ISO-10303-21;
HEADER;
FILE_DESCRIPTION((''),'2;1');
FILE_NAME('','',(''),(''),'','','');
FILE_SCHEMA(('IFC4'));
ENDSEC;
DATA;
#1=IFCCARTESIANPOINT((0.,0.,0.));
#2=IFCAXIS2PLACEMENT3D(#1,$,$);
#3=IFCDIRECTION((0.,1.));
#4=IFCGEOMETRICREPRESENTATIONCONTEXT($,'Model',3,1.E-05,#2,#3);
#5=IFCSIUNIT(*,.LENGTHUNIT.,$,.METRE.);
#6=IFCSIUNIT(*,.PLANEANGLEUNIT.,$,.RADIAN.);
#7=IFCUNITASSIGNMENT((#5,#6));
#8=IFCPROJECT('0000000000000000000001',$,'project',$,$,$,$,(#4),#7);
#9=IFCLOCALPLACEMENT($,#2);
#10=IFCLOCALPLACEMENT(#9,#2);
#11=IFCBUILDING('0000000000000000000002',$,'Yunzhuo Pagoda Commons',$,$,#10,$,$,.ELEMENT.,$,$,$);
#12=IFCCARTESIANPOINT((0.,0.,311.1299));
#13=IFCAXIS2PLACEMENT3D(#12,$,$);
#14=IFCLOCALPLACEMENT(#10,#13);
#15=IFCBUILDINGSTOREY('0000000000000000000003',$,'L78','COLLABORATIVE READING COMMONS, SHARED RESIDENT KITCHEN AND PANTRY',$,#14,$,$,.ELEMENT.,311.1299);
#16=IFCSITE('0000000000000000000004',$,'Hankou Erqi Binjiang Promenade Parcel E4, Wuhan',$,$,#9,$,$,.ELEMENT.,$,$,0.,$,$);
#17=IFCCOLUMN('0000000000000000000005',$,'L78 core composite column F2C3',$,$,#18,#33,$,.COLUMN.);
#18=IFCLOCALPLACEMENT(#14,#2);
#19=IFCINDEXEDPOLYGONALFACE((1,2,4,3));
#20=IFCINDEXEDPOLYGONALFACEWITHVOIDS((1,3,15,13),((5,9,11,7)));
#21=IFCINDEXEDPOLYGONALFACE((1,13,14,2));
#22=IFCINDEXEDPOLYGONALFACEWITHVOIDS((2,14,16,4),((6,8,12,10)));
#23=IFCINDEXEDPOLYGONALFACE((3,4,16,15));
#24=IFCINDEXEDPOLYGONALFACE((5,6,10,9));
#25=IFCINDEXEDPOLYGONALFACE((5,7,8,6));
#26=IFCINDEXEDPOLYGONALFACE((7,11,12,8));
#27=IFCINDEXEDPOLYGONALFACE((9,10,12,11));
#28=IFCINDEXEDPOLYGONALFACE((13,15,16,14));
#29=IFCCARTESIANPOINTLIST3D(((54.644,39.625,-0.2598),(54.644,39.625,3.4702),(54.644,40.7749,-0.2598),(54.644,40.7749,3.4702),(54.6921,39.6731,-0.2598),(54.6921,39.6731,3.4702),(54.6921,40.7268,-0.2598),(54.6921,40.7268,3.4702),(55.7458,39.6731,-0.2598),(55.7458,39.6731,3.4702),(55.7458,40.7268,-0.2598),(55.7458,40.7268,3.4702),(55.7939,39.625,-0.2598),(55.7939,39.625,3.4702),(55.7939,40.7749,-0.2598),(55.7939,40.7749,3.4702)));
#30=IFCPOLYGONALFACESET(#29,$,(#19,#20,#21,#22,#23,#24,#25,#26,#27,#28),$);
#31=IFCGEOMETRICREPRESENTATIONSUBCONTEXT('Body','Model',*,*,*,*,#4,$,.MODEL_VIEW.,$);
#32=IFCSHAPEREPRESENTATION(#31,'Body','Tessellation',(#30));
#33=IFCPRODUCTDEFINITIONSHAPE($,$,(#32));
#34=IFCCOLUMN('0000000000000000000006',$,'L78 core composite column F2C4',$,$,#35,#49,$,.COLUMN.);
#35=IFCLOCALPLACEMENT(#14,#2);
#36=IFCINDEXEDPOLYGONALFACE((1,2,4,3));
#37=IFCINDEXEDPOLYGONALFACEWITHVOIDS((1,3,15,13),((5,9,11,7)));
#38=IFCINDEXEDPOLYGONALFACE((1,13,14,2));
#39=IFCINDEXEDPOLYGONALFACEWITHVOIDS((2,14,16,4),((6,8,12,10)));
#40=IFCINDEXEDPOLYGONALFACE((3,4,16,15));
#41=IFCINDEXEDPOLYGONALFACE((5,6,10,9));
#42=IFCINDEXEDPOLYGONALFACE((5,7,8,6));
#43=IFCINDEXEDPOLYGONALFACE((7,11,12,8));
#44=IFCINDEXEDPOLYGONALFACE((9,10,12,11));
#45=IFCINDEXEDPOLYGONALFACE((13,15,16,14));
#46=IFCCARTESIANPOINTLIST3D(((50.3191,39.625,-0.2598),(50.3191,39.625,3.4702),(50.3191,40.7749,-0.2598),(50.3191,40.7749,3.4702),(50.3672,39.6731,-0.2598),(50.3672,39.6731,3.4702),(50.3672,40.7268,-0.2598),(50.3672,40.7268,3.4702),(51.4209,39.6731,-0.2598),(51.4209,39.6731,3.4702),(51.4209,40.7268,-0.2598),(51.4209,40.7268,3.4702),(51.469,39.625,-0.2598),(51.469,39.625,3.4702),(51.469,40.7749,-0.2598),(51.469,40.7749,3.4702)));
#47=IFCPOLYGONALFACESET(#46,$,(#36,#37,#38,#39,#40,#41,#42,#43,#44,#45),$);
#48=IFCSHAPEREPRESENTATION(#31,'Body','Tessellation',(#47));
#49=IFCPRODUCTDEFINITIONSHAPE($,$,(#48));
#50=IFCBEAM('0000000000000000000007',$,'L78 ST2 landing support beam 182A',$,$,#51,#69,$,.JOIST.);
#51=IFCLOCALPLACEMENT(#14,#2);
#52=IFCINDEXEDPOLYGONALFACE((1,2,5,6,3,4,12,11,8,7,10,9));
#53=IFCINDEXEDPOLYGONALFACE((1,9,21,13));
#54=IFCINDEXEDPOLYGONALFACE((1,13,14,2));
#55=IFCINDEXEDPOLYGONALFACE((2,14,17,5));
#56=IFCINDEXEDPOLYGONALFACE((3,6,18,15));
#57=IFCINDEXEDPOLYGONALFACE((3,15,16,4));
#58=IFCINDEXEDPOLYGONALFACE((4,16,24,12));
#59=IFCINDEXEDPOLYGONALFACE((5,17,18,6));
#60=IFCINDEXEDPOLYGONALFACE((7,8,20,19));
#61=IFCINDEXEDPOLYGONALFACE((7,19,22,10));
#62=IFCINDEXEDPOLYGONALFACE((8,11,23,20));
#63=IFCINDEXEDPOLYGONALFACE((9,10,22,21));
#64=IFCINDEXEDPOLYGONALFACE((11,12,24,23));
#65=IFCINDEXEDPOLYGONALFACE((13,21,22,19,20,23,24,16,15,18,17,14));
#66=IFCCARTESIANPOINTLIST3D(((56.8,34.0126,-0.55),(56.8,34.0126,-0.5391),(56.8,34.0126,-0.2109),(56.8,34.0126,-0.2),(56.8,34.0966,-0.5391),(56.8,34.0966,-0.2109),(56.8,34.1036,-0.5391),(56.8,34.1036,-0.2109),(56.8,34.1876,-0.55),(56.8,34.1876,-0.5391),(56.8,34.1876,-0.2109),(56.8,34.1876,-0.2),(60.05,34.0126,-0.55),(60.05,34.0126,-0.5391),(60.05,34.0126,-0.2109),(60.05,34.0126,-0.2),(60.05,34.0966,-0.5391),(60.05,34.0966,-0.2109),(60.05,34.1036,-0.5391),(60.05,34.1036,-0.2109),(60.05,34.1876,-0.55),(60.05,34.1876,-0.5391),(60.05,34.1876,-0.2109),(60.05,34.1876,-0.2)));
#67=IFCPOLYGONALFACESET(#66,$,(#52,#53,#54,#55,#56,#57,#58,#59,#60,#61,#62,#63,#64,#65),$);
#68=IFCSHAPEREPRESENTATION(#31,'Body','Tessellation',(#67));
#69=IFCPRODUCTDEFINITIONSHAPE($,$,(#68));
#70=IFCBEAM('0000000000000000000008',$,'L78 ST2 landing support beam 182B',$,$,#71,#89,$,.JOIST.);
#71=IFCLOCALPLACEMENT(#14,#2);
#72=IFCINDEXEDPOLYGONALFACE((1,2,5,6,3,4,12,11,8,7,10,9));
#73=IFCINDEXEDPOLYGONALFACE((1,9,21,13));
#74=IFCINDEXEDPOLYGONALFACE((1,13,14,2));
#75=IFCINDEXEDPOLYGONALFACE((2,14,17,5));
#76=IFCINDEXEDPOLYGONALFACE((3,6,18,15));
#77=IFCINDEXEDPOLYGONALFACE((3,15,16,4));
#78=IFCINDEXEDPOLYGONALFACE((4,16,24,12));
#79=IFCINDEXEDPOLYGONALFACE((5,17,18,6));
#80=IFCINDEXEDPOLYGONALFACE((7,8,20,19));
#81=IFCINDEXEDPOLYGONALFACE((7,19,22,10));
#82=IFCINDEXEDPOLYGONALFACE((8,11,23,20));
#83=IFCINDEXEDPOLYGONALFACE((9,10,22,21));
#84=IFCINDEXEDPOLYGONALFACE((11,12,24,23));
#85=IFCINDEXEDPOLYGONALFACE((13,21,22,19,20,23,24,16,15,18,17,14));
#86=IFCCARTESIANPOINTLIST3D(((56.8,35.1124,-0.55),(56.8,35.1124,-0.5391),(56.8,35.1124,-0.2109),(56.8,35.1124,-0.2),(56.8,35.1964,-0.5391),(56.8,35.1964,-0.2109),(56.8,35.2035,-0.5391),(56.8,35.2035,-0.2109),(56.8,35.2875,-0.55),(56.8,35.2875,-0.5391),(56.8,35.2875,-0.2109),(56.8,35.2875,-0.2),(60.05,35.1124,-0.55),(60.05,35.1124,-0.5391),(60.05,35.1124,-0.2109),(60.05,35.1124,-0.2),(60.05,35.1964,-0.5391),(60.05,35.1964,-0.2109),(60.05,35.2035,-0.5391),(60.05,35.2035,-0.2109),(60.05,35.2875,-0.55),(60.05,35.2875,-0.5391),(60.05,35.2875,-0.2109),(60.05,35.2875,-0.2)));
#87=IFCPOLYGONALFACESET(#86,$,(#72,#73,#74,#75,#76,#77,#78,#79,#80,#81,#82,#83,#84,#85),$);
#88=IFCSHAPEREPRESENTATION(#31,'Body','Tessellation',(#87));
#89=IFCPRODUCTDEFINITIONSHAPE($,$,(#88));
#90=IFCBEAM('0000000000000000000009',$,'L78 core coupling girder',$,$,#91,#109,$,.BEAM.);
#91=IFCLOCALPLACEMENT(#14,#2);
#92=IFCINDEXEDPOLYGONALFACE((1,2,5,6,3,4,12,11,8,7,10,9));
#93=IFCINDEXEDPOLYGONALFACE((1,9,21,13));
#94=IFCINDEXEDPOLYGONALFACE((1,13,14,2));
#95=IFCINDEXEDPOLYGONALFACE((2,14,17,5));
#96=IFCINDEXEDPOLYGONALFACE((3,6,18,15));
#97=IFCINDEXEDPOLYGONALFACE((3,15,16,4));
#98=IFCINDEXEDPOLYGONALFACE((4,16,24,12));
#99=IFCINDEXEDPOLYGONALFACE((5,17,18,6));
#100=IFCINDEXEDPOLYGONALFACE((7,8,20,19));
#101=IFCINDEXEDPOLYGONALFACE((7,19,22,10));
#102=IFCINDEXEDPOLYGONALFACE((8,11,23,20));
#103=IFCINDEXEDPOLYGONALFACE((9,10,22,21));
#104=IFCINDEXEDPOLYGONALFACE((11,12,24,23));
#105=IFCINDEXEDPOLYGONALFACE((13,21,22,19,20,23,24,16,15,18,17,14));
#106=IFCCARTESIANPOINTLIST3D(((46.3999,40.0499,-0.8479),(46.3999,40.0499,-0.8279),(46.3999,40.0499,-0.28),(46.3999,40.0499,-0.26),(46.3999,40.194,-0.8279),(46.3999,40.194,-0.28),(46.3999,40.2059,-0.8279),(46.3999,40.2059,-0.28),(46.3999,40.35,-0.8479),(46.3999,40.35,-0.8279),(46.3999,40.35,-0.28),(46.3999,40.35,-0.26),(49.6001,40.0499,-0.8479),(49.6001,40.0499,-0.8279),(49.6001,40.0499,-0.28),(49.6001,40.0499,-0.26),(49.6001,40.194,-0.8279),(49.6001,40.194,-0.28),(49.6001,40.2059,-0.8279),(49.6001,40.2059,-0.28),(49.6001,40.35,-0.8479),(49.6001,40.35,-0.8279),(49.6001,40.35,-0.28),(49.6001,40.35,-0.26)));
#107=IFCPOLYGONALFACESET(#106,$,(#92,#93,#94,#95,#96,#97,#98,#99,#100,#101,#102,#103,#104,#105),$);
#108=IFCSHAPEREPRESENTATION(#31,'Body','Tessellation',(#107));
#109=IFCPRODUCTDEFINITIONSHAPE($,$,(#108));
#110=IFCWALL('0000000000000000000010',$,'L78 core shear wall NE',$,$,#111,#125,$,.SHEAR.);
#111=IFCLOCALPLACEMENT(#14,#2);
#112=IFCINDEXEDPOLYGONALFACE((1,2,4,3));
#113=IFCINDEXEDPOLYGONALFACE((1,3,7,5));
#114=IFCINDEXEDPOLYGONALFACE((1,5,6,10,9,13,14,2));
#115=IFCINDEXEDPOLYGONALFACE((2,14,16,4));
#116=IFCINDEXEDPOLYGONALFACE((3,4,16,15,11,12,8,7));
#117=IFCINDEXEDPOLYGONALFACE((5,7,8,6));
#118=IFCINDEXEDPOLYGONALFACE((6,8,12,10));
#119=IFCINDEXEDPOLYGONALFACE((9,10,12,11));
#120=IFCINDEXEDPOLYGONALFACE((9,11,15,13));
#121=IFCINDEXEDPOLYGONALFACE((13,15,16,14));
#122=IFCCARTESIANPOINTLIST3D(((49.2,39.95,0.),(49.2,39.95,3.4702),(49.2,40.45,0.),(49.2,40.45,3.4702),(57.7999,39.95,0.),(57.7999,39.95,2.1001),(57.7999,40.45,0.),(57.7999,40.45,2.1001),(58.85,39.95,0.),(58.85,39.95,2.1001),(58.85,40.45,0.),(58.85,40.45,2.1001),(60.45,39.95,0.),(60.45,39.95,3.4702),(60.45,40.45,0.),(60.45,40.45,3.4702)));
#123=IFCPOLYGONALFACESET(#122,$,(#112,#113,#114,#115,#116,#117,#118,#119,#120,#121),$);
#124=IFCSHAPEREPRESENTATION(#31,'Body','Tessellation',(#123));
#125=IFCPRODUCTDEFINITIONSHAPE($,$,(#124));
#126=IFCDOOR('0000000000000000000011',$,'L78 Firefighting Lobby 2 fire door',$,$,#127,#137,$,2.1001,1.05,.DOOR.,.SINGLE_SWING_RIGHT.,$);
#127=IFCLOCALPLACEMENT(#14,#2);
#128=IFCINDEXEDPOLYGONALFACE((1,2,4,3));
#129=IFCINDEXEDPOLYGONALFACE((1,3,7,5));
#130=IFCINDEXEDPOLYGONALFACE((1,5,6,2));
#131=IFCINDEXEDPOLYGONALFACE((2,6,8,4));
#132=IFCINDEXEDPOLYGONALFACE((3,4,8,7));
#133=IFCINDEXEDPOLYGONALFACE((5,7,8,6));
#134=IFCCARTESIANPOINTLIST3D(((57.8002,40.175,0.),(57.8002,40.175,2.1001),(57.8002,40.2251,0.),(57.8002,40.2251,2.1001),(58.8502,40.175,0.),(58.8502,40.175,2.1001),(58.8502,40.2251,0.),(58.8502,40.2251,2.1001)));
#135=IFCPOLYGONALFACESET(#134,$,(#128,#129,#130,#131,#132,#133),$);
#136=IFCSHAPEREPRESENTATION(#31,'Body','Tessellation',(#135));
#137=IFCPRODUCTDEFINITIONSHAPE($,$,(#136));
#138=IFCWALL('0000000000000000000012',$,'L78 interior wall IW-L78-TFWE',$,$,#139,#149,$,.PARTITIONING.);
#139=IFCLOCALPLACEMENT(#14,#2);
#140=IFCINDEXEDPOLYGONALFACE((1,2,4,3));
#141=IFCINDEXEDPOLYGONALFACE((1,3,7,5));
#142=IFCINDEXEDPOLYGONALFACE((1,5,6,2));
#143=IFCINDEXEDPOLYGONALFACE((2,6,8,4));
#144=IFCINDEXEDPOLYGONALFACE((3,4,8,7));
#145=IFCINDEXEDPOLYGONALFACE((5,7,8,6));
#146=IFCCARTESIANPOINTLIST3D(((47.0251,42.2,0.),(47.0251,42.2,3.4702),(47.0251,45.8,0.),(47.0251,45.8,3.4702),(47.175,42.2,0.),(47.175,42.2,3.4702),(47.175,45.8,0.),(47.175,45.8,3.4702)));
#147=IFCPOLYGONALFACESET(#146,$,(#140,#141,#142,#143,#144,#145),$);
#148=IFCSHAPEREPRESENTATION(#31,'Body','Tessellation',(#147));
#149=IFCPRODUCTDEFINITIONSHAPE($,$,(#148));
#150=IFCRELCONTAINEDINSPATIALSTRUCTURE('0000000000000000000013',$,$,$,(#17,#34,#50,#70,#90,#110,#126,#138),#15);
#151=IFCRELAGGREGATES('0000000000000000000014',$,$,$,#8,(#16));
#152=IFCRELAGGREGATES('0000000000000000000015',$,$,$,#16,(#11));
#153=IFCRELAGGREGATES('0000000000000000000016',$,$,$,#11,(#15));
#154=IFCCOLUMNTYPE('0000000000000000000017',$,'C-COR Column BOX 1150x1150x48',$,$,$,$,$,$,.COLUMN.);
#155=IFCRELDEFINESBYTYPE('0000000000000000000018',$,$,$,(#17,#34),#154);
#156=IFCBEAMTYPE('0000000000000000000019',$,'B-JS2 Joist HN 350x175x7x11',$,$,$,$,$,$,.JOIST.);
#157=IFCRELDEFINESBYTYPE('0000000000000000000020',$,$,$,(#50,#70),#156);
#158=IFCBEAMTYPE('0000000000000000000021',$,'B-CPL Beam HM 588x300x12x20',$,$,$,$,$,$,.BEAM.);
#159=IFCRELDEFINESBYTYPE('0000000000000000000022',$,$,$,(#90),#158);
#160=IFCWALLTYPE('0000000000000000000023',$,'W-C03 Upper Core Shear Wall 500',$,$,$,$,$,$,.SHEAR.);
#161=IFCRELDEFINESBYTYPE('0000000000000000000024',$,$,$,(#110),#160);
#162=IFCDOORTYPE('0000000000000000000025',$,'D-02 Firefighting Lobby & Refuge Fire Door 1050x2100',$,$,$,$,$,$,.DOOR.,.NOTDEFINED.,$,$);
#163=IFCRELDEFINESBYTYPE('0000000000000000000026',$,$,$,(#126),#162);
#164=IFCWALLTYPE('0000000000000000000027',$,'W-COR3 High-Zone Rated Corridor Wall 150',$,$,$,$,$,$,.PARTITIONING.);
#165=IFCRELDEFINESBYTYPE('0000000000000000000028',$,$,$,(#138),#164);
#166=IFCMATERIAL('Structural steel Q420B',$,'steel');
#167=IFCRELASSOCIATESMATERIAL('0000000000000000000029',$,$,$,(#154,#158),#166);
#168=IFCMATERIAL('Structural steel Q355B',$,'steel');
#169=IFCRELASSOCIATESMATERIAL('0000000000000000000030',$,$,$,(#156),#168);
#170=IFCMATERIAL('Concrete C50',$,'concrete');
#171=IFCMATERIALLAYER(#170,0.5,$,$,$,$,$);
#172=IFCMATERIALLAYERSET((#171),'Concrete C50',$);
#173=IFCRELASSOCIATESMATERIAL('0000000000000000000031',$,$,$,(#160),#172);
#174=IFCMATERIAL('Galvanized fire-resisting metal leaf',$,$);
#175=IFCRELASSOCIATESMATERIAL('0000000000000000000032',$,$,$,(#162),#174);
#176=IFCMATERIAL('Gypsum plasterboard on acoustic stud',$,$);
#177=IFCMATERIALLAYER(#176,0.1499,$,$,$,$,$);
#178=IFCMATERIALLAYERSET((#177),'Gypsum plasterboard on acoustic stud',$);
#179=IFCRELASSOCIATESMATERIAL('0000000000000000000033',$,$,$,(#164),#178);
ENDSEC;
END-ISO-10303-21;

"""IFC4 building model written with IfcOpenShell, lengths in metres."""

from ifc_helpers import new_model, si_unit, direction, frame, frame_2d, origin, origin_2d, place, context, subcontext, project, spatial, rectangle, hollow_rectangle, i_section, extrude, source, transform, mapped, material, layer, layer_set, material_profile, profile_set, type_object, element, fill, save


model = new_model("IFC4")

# Units and contexts
model_context = context("Model", 3, precision=1e-05, world=origin(), true_north=direction((0.0, 1.0)))
body_context = subcontext(model_context, "Body", "Model", "MODEL_VIEW")
ifc_project = project(units=[si_unit("LENGTHUNIT", "METRE"), si_unit("PLANEANGLEUNIT", "RADIAN")], contexts=[model_context])

# Site, building, storey
site_placement = place(None, origin())
site = spatial("IfcSite", under=ifc_project, at=site_placement, Name="Hankou Erqi Binjiang Promenade Parcel E4, Wuhan", CompositionType="ELEMENT", RefElevation=0.0)
building_placement = place(site_placement, origin())
building = spatial("IfcBuilding", under=site, at=building_placement, Name="Yunzhuo Pagoda Commons", CompositionType="ELEMENT")
storey_placement = place(building_placement, frame((0.0, 0.0, 311.1299)))
storey = spatial("IfcBuildingStorey", under=building, at=storey_placement, Name="L78", Description="COLLABORATIVE READING COMMONS, SHARED RESIDENT KITCHEN AND PANTRY", CompositionType="ELEMENT", Elevation=311.1299)

# Columns
ifc_material_1 = material(Name="Structural steel Q420B", Category="steel")
ifc_material_profile_1 = material_profile(ifc_material_1, hollow_rectangle(XDim=1.1499, YDim=1.1499, WallThickness=0.0481, at=origin_2d()), Name="Structural steel Q420B")
ifc_profile_set_1 = profile_set([ifc_material_profile_1], Name="Structural steel Q420B")
column_type = type_object("IfcColumnType", Name="C-COR Column BOX 1150x1150x48", PredefinedType="COLUMN", material=ifc_profile_set_1)
shared_shape_1 = source(origin(), body_context, "Body", "SweptSolid", [
    extrude(hollow_rectangle(XDim=1.1499, YDim=1.1499, WallThickness=0.0481, at=origin_2d()), origin(), (0.0, 0.0, 1.0), 3.73),
])
for number, where, z_axis, x_axis, name in (
    (1, (55.219, 40.2, -0.2598), (0.0, 0.0, 1.0), (1.0, 0.0, 0.0), "L78 core composite column F2C3"),
    (2, (50.894, 40.2, -0.2598), (0.0, 0.0, 1.0), (1.0, 0.0, 0.0), "L78 core composite column F2C4"),
):
    element("IfcColumn", number, at=place(storey_placement, frame(where, z_axis=z_axis, x_axis=x_axis)), inside=storey, type_object=column_type, Name=name, PredefinedType="COLUMN", context=body_context, shape_type="MappedRepresentation", body=[
        mapped(shared_shape_1, transform((0.0, 0.0, 0.0), scale=1.0)),
    ])

# Beams
ifc_material_2 = material(Name="Structural steel Q355B", Category="steel")
ifc_material_profile_2 = material_profile(ifc_material_2, i_section(OverallWidth=0.175, OverallDepth=0.3501, WebThickness=0.0071, FlangeThickness=0.011, at=origin_2d()), Name="Structural steel Q355B")
ifc_profile_set_2 = profile_set([ifc_material_profile_2], Name="Structural steel Q355B")
beam_type_1 = type_object("IfcBeamType", Name="B-JS2 Joist HN 350x175x7x11", PredefinedType="JOIST", material=ifc_profile_set_2)
shared_shape_2 = source(origin(), body_context, "Body", "SweptSolid", [
    extrude(i_section(OverallWidth=0.175, OverallDepth=0.3501, WebThickness=0.0071, FlangeThickness=0.011, at=origin_2d()), origin(), (0.0, 0.0, 1.0), 3.25),
])
for number, where, z_axis, x_axis, name in (
    (3, (56.8, 34.1001, -0.375), (1.0, 0.0, 0.0), (0.0, 1.0, 0.0), "L78 ST2 landing support beam 182A"),
    (4, (56.8, 35.2, -0.375), (1.0, 0.0, 0.0), (0.0, 1.0, 0.0), "L78 ST2 landing support beam 182B"),
):
    element("IfcBeam", number, at=place(storey_placement, frame(where, z_axis=z_axis, x_axis=x_axis)), inside=storey, type_object=beam_type_1, Name=name, PredefinedType="JOIST", context=body_context, shape_type="MappedRepresentation", body=[
        mapped(shared_shape_2, transform((0.0, 0.0, 0.0), scale=1.0)),
    ])
ifc_material_profile_3 = material_profile(ifc_material_1, i_section(OverallWidth=0.3, OverallDepth=0.5879, WebThickness=0.012, FlangeThickness=0.02, at=origin_2d()), Name="Structural steel Q420B")
ifc_profile_set_3 = profile_set([ifc_material_profile_3], Name="Structural steel Q420B")
beam_type_2 = type_object("IfcBeamType", Name="B-CPL Beam HM 588x300x12x20", PredefinedType="BEAM", material=ifc_profile_set_3)
shared_shape_3 = source(origin(), body_context, "Body", "SweptSolid", [
    extrude(i_section(OverallWidth=0.3, OverallDepth=0.5879, WebThickness=0.012, FlangeThickness=0.02, at=origin_2d()), origin(), (0.0, 0.0, 1.0), 3.2002),
])
beam_placement = place(storey_placement, frame((46.3999, 40.2, -0.554), z_axis=(1.0, 0.0, 0.0), x_axis=(0.0, 1.0, 0.0)))
element("IfcBeam", 5, at=beam_placement, inside=storey, type_object=beam_type_2, Name="L78 core coupling girder", PredefinedType="BEAM", context=body_context, shape_type="MappedRepresentation", body=[
    mapped(shared_shape_3, transform((0.0, 0.0, 0.0), scale=1.0)),
])

# Wall, opening, door
ifc_material_3 = material(Name="Concrete C50", Category="concrete")
ifc_layer_1 = layer(ifc_material_3, 0.5)
ifc_layer_set_1 = layer_set([ifc_layer_1], Name="Concrete C50")
wall_type_1 = type_object("IfcWallType", Name="W-C03 Upper Core Shear Wall 500", PredefinedType="SHEAR", material=ifc_layer_set_1)
wall_1_placement = place(storey_placement, frame((49.2, 40.2, 0.0), z_axis=(0.0, 0.0, 1.0), x_axis=(1.0, 0.0, 0.0)))
wall_1 = element("IfcWall", 6, at=wall_1_placement, inside=storey, type_object=wall_type_1, Name="L78 core shear wall NE", PredefinedType="SHEAR", context=body_context, shape_type="SweptSolid", body=[
    extrude(rectangle(XDim=11.25, YDim=0.5, at=frame_2d((5.625, 0.0))), origin(), (0.0, 0.0, 1.0), 3.4702),
])
opening_1_placement = place(wall_1_placement, frame((8.6001, 0.0, 0.0)))
opening_1 = element("IfcOpeningElement", 7, at=opening_1_placement, cuts=wall_1, PredefinedType="OPENING", context=body_context, shape_type="SweptSolid", body=[
    extrude(rectangle(XDim=1.05, YDim=2.1001, at=frame_2d((0.5249, 1.05))), frame((0.0, 0.26, 0.0), z_axis=(0.0, -1.0, 0.0), x_axis=(1.0, 0.0, 0.0)), (0.0, 0.0, 1.0), 0.52),
])
ifc_material_4 = material(Name="Galvanized fire-resisting metal leaf")
door_type_1 = type_object("IfcDoorType", Name="D-02 Firefighting Lobby & Refuge Fire Door 1050x2100", OperationType="NOTDEFINED", PredefinedType="DOOR", material=ifc_material_4)
shared_shape_4 = source(origin(), body_context, "Body", "SweptSolid", [
    extrude(rectangle(XDim=1.05, YDim=2.1001, at=frame_2d((0.5249, 1.05))), frame((0.0, 0.0249, 0.0), z_axis=(0.0, -1.0, 0.0), x_axis=(1.0, 0.0, 0.0)), (0.0, 0.0, 1.0), 0.05),
])
door_1_placement = place(opening_1_placement, frame((1.05, 0.0, 0.0), z_axis=(0.0, 0.0, 1.0), x_axis=(-1.0, 0.0, 0.0)))
door_1 = element("IfcDoor", 8, at=door_1_placement, inside=storey, type_object=door_type_1, Name="L78 Firefighting Lobby 2 fire door", OperationType="SINGLE_SWING_RIGHT", OverallHeight=2.1001, OverallWidth=1.05, PredefinedType="DOOR", context=body_context, shape_type="MappedRepresentation", body=[
    mapped(shared_shape_4, transform((0.0, 0.0, 0.0), scale=1.0)),
])
fill(opening_1, door_1)

# Wall
ifc_material_5 = material(Name="Gypsum plasterboard on acoustic stud")
ifc_layer_2 = layer(ifc_material_5, 0.1499)
ifc_layer_set_2 = layer_set([ifc_layer_2], Name="Gypsum plasterboard on acoustic stud")
wall_type_2 = type_object("IfcWallType", Name="W-COR3 High-Zone Rated Corridor Wall 150", PredefinedType="PARTITIONING", material=ifc_layer_set_2)
wall_2_placement = place(storey_placement, frame((47.1001, 42.2, 0.0), z_axis=(0.0, 0.0, 1.0), x_axis=(0.0, 1.0, 0.0)))
element("IfcWall", 9, at=wall_2_placement, inside=storey, type_object=wall_type_2, Name="L78 interior wall IW-L78-TFWE", PredefinedType="PARTITIONING", context=body_context, shape_type="SweptSolid", body=[
    extrude(rectangle(XDim=3.6001, YDim=0.1499, at=frame_2d((1.8, 0.0))), origin(), (0.0, 0.0, 1.0), 3.4702),
])

save(model, "model.ifc")
